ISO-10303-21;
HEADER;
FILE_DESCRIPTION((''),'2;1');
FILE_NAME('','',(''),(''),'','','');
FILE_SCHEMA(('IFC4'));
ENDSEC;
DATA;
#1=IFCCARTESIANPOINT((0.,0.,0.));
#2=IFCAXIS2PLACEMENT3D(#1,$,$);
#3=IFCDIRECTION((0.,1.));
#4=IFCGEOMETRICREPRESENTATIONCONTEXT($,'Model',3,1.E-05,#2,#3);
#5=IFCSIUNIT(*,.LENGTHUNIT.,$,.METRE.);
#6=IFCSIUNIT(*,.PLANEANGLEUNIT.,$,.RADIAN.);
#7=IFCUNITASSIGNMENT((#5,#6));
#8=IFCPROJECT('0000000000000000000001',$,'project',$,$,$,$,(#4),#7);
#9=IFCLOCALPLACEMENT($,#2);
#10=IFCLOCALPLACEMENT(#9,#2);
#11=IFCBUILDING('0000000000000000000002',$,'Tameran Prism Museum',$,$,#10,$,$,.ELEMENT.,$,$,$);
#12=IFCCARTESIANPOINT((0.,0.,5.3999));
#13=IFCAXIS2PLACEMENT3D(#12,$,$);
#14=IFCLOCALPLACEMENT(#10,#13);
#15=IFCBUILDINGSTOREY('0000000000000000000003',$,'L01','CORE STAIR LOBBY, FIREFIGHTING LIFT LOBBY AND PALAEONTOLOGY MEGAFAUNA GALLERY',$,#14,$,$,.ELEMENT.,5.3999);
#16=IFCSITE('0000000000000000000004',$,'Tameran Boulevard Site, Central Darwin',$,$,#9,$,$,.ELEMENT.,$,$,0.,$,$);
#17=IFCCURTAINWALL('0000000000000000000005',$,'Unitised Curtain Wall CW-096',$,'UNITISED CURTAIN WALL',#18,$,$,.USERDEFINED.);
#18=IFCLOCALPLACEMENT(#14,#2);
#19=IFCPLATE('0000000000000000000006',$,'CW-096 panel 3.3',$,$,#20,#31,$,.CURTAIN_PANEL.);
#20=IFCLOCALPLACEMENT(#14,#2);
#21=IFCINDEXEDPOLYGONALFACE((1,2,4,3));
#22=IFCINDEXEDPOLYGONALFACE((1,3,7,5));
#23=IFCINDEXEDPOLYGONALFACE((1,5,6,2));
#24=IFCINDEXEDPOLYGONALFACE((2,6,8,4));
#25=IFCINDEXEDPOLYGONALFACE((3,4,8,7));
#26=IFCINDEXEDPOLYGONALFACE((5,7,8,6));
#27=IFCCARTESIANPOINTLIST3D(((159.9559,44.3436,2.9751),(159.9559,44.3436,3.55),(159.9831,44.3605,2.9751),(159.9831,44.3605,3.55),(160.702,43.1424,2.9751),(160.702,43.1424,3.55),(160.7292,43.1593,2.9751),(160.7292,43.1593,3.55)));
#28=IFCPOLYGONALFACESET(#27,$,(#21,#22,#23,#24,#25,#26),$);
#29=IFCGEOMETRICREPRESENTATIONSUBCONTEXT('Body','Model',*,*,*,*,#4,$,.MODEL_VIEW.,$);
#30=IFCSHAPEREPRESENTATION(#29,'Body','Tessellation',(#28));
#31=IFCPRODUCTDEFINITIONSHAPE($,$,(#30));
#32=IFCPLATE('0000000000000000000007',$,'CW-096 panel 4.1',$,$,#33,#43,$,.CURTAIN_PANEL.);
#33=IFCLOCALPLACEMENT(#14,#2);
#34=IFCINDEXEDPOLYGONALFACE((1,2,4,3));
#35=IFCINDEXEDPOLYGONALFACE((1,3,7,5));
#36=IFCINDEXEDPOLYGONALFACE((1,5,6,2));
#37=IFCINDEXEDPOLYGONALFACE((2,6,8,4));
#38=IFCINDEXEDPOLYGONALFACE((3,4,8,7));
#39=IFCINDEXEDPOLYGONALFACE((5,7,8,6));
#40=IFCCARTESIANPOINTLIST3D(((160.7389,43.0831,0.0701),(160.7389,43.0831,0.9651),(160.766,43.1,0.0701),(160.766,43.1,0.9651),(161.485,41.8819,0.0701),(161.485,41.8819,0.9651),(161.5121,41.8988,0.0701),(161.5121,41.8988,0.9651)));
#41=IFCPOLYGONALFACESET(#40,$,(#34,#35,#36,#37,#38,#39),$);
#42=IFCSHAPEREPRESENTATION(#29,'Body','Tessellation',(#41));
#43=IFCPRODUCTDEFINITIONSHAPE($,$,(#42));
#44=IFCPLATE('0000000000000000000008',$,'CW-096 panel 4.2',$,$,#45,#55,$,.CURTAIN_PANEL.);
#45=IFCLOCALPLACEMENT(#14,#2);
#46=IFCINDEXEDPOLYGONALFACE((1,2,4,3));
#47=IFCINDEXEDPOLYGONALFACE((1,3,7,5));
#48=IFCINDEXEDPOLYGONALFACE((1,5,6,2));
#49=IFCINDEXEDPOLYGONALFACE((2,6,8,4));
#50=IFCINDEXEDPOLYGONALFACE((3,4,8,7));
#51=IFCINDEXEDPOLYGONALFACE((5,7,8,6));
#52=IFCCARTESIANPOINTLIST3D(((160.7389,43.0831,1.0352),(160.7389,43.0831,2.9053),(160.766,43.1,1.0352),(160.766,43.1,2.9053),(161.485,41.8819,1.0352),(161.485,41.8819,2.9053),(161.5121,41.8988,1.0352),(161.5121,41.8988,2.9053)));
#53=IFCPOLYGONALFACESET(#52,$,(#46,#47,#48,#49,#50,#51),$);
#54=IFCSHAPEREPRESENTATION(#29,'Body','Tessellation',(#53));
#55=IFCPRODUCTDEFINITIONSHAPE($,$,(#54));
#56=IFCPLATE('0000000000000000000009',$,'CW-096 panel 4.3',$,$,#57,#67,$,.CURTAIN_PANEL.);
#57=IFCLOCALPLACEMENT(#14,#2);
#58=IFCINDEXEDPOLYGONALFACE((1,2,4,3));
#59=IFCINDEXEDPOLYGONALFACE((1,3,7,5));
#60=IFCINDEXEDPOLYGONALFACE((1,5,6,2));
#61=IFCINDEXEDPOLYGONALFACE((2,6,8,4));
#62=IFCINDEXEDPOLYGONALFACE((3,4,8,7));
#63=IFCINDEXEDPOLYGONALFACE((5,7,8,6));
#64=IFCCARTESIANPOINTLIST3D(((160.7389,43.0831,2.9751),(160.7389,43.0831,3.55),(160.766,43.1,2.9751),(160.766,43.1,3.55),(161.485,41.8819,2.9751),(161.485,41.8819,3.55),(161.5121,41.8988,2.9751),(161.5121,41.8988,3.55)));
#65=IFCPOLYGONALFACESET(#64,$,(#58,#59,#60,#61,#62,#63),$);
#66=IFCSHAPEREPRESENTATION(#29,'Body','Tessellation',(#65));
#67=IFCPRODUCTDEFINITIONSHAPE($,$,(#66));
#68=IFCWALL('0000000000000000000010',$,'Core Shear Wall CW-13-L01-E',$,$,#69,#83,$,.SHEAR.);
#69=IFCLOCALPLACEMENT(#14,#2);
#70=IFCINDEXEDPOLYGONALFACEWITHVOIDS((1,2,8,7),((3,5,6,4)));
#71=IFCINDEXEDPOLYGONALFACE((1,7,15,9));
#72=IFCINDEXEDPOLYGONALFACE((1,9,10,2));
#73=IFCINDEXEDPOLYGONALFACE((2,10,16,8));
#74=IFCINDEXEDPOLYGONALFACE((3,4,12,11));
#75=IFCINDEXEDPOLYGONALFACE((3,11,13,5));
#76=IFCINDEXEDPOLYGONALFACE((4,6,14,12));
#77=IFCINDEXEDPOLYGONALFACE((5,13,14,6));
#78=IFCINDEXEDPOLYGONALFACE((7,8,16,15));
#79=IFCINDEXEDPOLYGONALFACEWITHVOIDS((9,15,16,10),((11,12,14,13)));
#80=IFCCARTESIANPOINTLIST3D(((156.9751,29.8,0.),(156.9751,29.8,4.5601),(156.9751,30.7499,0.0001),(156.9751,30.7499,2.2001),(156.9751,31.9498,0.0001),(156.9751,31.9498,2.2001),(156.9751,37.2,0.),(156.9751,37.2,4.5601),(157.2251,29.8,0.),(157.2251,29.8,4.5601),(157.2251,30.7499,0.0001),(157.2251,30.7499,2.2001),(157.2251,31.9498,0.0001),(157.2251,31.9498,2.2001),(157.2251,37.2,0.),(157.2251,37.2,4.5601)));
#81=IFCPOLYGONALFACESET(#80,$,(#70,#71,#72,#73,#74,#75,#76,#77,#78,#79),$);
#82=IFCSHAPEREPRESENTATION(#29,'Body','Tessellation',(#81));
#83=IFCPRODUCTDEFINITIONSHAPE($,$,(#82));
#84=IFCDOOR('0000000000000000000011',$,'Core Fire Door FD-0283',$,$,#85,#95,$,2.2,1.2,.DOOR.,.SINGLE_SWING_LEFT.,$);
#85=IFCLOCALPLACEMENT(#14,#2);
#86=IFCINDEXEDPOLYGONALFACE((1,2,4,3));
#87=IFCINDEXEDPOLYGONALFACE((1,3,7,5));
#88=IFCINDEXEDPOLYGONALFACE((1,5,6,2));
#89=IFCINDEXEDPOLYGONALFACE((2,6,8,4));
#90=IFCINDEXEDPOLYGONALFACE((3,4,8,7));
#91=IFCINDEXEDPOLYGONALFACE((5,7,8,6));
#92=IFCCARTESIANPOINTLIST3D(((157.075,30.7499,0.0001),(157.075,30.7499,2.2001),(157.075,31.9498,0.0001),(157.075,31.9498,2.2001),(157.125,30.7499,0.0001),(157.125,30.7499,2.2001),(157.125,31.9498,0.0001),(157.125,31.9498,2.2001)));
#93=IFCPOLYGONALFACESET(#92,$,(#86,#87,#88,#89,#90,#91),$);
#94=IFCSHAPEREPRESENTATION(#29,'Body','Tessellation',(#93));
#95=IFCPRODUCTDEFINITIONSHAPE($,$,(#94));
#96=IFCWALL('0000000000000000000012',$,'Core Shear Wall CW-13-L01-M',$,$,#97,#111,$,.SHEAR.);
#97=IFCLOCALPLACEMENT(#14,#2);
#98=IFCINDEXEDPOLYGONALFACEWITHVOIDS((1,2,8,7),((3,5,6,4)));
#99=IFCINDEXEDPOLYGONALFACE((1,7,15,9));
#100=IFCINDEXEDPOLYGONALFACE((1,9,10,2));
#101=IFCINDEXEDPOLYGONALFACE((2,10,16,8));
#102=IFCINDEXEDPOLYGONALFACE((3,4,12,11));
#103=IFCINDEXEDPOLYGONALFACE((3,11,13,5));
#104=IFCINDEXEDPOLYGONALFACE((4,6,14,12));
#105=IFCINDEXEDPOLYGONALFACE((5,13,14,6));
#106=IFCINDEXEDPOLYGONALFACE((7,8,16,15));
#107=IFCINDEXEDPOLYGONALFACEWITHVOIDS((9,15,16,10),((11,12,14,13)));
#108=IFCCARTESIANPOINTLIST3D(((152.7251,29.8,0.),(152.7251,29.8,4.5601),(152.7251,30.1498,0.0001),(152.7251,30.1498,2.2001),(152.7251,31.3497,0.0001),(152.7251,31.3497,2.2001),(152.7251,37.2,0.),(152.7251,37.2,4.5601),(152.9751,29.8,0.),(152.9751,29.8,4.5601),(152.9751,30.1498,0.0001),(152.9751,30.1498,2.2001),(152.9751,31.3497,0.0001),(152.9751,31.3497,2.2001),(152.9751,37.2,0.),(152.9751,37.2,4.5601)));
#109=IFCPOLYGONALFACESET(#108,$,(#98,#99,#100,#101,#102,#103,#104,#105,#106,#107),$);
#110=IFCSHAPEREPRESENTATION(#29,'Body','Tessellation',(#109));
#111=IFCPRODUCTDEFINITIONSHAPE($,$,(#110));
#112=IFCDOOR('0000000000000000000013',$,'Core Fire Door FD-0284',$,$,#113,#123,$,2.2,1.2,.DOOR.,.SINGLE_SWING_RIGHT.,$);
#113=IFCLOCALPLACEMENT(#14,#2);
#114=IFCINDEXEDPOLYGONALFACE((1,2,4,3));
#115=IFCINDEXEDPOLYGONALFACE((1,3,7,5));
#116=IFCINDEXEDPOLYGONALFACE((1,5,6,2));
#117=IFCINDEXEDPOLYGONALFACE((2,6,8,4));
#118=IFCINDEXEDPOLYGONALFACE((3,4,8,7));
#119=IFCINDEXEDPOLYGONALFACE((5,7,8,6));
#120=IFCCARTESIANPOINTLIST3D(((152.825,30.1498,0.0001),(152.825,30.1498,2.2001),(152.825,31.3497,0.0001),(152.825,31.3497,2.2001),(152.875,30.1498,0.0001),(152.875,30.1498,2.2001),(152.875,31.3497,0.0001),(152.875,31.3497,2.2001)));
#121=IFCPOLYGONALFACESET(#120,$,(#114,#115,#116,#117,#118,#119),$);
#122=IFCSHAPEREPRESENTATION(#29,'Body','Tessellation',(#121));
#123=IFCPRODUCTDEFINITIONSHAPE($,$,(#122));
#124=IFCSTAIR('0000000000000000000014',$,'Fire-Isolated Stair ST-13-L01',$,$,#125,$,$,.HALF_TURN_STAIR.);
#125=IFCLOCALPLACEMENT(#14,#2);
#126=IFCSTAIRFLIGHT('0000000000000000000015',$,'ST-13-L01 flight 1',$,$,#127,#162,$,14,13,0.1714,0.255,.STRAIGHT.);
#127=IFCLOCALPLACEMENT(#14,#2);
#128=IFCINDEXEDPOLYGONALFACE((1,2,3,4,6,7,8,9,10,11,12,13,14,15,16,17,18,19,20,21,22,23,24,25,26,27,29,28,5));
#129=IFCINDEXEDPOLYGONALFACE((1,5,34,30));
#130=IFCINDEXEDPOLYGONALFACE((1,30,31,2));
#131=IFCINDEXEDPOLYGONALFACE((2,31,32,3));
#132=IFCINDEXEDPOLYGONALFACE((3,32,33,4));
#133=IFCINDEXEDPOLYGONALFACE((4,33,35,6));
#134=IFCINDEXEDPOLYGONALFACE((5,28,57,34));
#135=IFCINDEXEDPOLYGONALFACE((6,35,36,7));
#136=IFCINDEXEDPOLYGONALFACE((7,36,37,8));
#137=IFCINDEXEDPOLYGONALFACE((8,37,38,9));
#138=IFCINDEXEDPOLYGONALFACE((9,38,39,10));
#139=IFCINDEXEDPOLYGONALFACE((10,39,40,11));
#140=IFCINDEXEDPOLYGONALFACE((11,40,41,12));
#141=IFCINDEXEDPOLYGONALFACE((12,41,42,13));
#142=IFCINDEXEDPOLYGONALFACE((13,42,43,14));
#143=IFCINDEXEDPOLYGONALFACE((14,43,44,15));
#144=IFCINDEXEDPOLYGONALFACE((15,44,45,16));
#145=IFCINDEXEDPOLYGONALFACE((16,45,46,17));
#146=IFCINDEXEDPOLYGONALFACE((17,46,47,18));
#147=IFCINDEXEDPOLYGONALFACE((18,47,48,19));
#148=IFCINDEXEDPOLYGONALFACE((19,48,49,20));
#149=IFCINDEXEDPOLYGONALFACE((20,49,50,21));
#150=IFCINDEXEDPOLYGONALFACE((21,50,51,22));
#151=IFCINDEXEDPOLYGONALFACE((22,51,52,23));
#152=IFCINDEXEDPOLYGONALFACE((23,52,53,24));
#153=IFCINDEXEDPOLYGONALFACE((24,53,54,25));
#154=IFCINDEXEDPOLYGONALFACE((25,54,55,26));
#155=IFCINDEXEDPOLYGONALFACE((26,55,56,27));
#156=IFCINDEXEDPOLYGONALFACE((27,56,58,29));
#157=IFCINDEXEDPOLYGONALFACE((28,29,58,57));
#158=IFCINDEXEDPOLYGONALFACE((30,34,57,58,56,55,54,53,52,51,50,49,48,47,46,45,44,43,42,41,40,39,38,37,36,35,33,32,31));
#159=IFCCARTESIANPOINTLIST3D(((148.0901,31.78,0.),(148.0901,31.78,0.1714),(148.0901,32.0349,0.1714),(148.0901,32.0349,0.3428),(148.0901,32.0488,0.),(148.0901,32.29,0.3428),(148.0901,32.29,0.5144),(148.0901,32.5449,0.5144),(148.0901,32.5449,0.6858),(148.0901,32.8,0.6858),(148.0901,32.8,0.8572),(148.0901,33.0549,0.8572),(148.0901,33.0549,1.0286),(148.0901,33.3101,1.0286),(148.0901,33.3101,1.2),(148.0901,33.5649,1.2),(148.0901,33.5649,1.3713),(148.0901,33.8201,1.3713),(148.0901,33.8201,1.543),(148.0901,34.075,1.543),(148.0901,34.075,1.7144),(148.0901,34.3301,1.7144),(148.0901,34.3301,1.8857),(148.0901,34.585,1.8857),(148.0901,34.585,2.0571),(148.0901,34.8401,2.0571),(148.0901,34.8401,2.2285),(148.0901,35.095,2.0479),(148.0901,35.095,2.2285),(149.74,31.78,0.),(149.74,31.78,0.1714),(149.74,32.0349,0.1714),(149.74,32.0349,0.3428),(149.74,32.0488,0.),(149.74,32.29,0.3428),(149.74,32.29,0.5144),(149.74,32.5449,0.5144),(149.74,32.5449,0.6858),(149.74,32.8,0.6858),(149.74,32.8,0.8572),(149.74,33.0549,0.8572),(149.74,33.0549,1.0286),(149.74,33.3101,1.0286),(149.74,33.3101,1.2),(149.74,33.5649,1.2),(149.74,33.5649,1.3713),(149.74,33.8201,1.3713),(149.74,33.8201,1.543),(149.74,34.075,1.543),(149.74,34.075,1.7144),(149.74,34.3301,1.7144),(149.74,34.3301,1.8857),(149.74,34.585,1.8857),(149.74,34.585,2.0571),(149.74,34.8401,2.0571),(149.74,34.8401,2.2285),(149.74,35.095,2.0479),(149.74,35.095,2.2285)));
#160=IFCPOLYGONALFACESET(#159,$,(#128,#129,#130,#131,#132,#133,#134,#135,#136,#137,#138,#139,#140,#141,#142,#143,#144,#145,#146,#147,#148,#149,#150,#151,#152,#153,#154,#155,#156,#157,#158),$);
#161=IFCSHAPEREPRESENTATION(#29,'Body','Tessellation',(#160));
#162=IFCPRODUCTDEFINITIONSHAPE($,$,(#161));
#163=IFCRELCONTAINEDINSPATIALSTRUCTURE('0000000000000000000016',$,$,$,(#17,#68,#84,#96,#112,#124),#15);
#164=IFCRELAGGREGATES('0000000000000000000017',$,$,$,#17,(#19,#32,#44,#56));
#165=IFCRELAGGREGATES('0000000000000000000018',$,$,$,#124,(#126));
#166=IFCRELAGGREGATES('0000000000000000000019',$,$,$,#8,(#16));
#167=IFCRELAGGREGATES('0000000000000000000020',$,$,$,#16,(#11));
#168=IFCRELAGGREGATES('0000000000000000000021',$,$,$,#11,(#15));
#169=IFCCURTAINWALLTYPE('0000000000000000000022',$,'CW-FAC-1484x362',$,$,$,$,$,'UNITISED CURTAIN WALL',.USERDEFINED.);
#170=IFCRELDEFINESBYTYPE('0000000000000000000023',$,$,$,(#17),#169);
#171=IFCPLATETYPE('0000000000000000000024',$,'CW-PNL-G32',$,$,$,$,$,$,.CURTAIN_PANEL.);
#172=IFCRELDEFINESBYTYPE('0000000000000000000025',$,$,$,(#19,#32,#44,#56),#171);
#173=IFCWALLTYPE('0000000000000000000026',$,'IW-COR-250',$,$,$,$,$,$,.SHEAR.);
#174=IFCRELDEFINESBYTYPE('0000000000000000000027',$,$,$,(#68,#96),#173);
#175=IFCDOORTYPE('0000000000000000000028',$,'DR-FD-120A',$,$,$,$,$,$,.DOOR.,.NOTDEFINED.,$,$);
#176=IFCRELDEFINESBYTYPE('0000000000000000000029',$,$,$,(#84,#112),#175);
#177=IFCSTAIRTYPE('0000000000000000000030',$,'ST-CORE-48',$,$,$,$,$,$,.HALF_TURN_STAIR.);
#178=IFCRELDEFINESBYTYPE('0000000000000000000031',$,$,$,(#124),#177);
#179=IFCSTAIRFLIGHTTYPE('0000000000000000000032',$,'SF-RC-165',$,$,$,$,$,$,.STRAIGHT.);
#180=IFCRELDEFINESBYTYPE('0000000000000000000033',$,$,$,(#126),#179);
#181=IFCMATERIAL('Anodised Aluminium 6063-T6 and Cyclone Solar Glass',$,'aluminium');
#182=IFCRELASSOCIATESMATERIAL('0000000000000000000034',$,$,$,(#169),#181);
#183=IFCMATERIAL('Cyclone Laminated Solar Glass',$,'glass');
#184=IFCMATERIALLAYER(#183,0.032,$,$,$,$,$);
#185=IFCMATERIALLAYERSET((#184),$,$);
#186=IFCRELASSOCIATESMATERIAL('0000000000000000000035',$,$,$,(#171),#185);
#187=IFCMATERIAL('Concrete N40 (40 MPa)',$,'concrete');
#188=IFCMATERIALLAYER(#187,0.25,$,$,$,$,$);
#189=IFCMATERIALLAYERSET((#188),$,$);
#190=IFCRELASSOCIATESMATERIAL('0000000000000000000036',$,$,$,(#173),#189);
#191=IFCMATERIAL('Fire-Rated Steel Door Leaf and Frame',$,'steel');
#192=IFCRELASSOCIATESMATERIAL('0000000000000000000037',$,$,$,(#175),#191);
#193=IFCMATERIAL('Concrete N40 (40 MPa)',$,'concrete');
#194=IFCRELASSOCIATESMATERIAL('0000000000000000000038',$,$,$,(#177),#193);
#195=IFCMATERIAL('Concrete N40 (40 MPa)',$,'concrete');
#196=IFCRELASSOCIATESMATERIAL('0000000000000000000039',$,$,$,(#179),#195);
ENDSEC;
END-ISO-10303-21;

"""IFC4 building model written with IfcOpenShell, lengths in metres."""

from ifc_helpers import new_model, si_unit, direction, frame, frame_2d, origin, origin_2d, place, context, subcontext, project, spatial, polyline, rectangle, outline, extrude, material, layer, layer_set, type_object, element, fill, aggregate, save


model = new_model("IFC4")

# Units and contexts
model_context = context("Model", 3, precision=1e-05, world=origin(), true_north=direction((0.0, 1.0)))
body_context = subcontext(model_context, "Body", "Model", "MODEL_VIEW")
ifc_project = project(units=[si_unit("LENGTHUNIT", "METRE"), si_unit("PLANEANGLEUNIT", "RADIAN")], contexts=[model_context])

# Site, building, storey
site_placement = place(None, origin())
site = spatial("IfcSite", under=ifc_project, at=site_placement, Name="Tameran Boulevard Site, Central Darwin", CompositionType="ELEMENT", RefElevation=0.0)
building_placement = place(site_placement, origin())
building = spatial("IfcBuilding", under=site, at=building_placement, Name="Tameran Prism Museum", CompositionType="ELEMENT")
storey_placement = place(building_placement, frame((0.0, 0.0, 5.3999)))
storey = spatial("IfcBuildingStorey", under=building, at=storey_placement, Name="L01", Description="CORE STAIR LOBBY, FIREFIGHTING LIFT LOBBY AND PALAEONTOLOGY MEGAFAUNA GALLERY", CompositionType="ELEMENT", Elevation=5.3999)

# Curtain wall, plates
ifc_material_1 = material(Name="Anodised Aluminium 6063-T6 and Cyclone Solar Glass", Category="aluminium")
curtain_wall_type = type_object("IfcCurtainWallType", Name="CW-FAC-1484x362", ElementType="UNITISED CURTAIN WALL", PredefinedType="USERDEFINED", material=ifc_material_1)
curtain_wall_placement = place(storey_placement, origin())
curtain_wall = element("IfcCurtainWall", 1, at=curtain_wall_placement, inside=storey, type_object=curtain_wall_type, Name="Unitised Curtain Wall CW-096", ObjectType="UNITISED CURTAIN WALL", PredefinedType="USERDEFINED")
ifc_material_2 = material(Name="Cyclone Laminated Solar Glass", Category="glass")
ifc_layer_1 = layer(ifc_material_2, 0.032)
ifc_layer_set_1 = layer_set([ifc_layer_1])
plate_type = type_object("IfcPlateType", Name="CW-PNL-G32", PredefinedType="CURTAIN_PANEL", material=ifc_layer_set_1)
plate_1_placement = place(storey_placement, frame((160.3425, 43.7515, 2.9751), z_axis=(0.0, 0.0, 1.0), x_axis=(0.527635, -0.849471, 0.0)))
plate_1 = element("IfcPlate", 2, at=plate_1_placement, type_object=plate_type, Name="CW-096 panel 3.3", PredefinedType="CURTAIN_PANEL", context=body_context, shape_type="SweptSolid", body=[
    extrude(rectangle(XDim=1.4141, YDim=0.032, at=origin_2d()), origin(), (0.0, 0.0, 1.0), 0.575),
])
plate_2_placement = place(storey_placement, frame((161.1255, 42.491, 0.0701), z_axis=(0.0, 0.0, 1.0), x_axis=(0.527635, -0.849471, 0.0)))
plate_2 = element("IfcPlate", 3, at=plate_2_placement, type_object=plate_type, Name="CW-096 panel 4.1", PredefinedType="CURTAIN_PANEL", context=body_context, shape_type="SweptSolid", body=[
    extrude(rectangle(XDim=1.4141, YDim=0.032, at=origin_2d()), origin(), (0.0, 0.0, 1.0), 0.895),
])
plate_3_placement = place(storey_placement, frame((161.1255, 42.491, 1.0352), z_axis=(0.0, 0.0, 1.0), x_axis=(0.527635, -0.849471, 0.0)))
plate_3 = element("IfcPlate", 4, at=plate_3_placement, type_object=plate_type, Name="CW-096 panel 4.2", PredefinedType="CURTAIN_PANEL", context=body_context, shape_type="SweptSolid", body=[
    extrude(rectangle(XDim=1.4141, YDim=0.032, at=origin_2d()), origin(), (0.0, 0.0, 1.0), 1.8701),
])
plate_4_placement = place(storey_placement, frame((161.1255, 42.491, 2.9751), z_axis=(0.0, 0.0, 1.0), x_axis=(0.527635, -0.849471, 0.0)))
plate_4 = element("IfcPlate", 5, at=plate_4_placement, type_object=plate_type, Name="CW-096 panel 4.3", PredefinedType="CURTAIN_PANEL", context=body_context, shape_type="SweptSolid", body=[
    extrude(rectangle(XDim=1.4141, YDim=0.032, at=origin_2d()), origin(), (0.0, 0.0, 1.0), 0.575),
])
aggregate(curtain_wall, [plate_1, plate_2, plate_3, plate_4])

# Walls, openings, doors
ifc_material_3 = material(Name="Concrete N40 (40 MPa)", Category="concrete")
ifc_layer_2 = layer(ifc_material_3, 0.25)
ifc_layer_set_2 = layer_set([ifc_layer_2])
wall_type = type_object("IfcWallType", Name="IW-COR-250", PredefinedType="SHEAR", material=ifc_layer_set_2)
wall_1_placement = place(storey_placement, frame((157.1001, 37.2, 0.0), z_axis=(0.0, 0.0, 1.0), x_axis=(0.0, -1.0, 0.0)))
wall_1 = element("IfcWall", 6, at=wall_1_placement, inside=storey, type_object=wall_type, Name="Core Shear Wall CW-13-L01-E", PredefinedType="SHEAR", context=body_context, shape_type="SweptSolid", body=[
    extrude(rectangle(XDim=7.3999, YDim=0.25, at=frame_2d((3.7, 0.0))), origin(), (0.0, 0.0, 1.0), 4.5601),
])
opening_1_placement = place(wall_1_placement, frame((5.25, 0.0, 0.0)))
opening_1 = element("IfcOpeningElement", 7, at=opening_1_placement, cuts=wall_1, PredefinedType="OPENING", context=body_context, shape_type="SweptSolid", body=[
    extrude(rectangle(XDim=1.2, YDim=2.2, at=frame_2d((0.6001, 1.1001))), frame((0.0, 0.135, 0.0), z_axis=(0.0, -1.0, 0.0), x_axis=(1.0, 0.0, 0.0)), (0.0, 0.0, 1.0), 0.27),
])
ifc_material_4 = material(Name="Fire-Rated Steel Door Leaf and Frame", Category="steel")
door_type = type_object("IfcDoorType", Name="DR-FD-120A", OperationType="NOTDEFINED", PredefinedType="DOOR", material=ifc_material_4)
door_1_placement = place(opening_1_placement, origin())
door_1 = element("IfcDoor", 8, at=door_1_placement, inside=storey, type_object=door_type, Name="Core Fire Door FD-0283", OperationType="SINGLE_SWING_LEFT", OverallHeight=2.2, OverallWidth=1.2, PredefinedType="DOOR", context=body_context, shape_type="SweptSolid", body=[
    extrude(rectangle(XDim=1.2, YDim=2.2, at=frame_2d((0.6001, 1.1001))), frame((0.0, 0.0249, 0.0), z_axis=(0.0, -1.0, 0.0), x_axis=(1.0, 0.0, 0.0)), (0.0, 0.0, 1.0), 0.05),
])
fill(opening_1, door_1)
wall_2_placement = place(storey_placement, frame((152.8501, 37.2, 0.0), z_axis=(0.0, 0.0, 1.0), x_axis=(0.0, -1.0, 0.0)))
wall_2 = element("IfcWall", 9, at=wall_2_placement, inside=storey, type_object=wall_type, Name="Core Shear Wall CW-13-L01-M", PredefinedType="SHEAR", context=body_context, shape_type="SweptSolid", body=[
    extrude(rectangle(XDim=7.3999, YDim=0.25, at=frame_2d((3.7, 0.0))), origin(), (0.0, 0.0, 1.0), 4.5601),
])
opening_2_placement = place(wall_2_placement, frame((5.8501, 0.0, 0.0)))
opening_2 = element("IfcOpeningElement", 10, at=opening_2_placement, cuts=wall_2, PredefinedType="OPENING", context=body_context, shape_type="SweptSolid", body=[
    extrude(rectangle(XDim=1.2, YDim=2.2, at=frame_2d((0.6001, 1.1001))), frame((0.0, 0.135, 0.0), z_axis=(0.0, -1.0, 0.0), x_axis=(1.0, 0.0, 0.0)), (0.0, 0.0, 1.0), 0.27),
])
door_2_placement = place(opening_2_placement, origin())
door_2 = element("IfcDoor", 11, at=door_2_placement, inside=storey, type_object=door_type, Name="Core Fire Door FD-0284", OperationType="SINGLE_SWING_RIGHT", OverallHeight=2.2, OverallWidth=1.2, PredefinedType="DOOR", context=body_context, shape_type="SweptSolid", body=[
    extrude(rectangle(XDim=1.2, YDim=2.2, at=frame_2d((0.6001, 1.1001))), frame((0.0, 0.0249, 0.0), z_axis=(0.0, -1.0, 0.0), x_axis=(1.0, 0.0, 0.0)), (0.0, 0.0, 1.0), 0.05),
])
fill(opening_2, door_2)

# Stair, stair flight
ifc_material_5 = material(Name="Concrete N40 (40 MPa)", Category="concrete")
stair_type = type_object("IfcStairType", Name="ST-CORE-48", PredefinedType="HALF_TURN_STAIR", material=ifc_material_5)
stair_placement = place(storey_placement, origin())
stair = element("IfcStair", 12, at=stair_placement, inside=storey, type_object=stair_type, Name="Fire-Isolated Stair ST-13-L01", PredefinedType="HALF_TURN_STAIR")
ifc_material_6 = material(Name="Concrete N40 (40 MPa)", Category="concrete")
stair_flight_type = type_object("IfcStairFlightType", Name="SF-RC-165", PredefinedType="STRAIGHT", material=ifc_material_6)
stair_flight_1_placement = place(storey_placement, frame((148.915, 31.78, 0.0), z_axis=(0.0, 0.0, 1.0), x_axis=(0.0, 1.0, 0.0)))
stair_flight_1 = element("IfcStairFlight", 13, at=stair_flight_1_placement, type_object=stair_flight_type, Name="ST-13-L01 flight 1", NumberOfRisers=14, NumberOfTreads=13, PredefinedType="STRAIGHT", RiserHeight=0.1714, TreadLength=0.255, context=body_context, shape_type="SweptSolid", body=[
    extrude(outline(polyline([(0.0, 0.0), (0.0, 0.1714), (0.2549, 0.1714), (0.2549, 0.3428), (0.51, 0.3428), (0.51, 0.5144), (0.7649, 0.5144), (0.7649, 0.6858), (1.02, 0.6858), (1.02, 0.8572), (1.2749, 0.8572), (1.2749, 1.0286), (1.53, 1.0286), (1.53, 1.2), (1.7849, 1.2), (1.7849, 1.3713), (2.04, 1.3713), (2.04, 1.543), (2.2949, 1.543), (2.2949, 1.7144), (2.55, 1.7144), (2.55, 1.8857), (2.8049, 1.8857), (2.8049, 2.0571), (3.0601, 2.0571), (3.0601, 2.2285), (3.3149, 2.2285), (3.3149, 2.3999), (3.3149, 2.0479), (0.2688, 0.0), (0.0, 0.0)])), frame((0.0, 0.825, 0.0), z_axis=(0.0, -1.0, 0.0), x_axis=(1.0, 0.0, 0.0)), (0.0, 0.0, 1.0), 1.6499),
])
aggregate(stair, [stair_flight_1])

save(model, "model.ifc")
